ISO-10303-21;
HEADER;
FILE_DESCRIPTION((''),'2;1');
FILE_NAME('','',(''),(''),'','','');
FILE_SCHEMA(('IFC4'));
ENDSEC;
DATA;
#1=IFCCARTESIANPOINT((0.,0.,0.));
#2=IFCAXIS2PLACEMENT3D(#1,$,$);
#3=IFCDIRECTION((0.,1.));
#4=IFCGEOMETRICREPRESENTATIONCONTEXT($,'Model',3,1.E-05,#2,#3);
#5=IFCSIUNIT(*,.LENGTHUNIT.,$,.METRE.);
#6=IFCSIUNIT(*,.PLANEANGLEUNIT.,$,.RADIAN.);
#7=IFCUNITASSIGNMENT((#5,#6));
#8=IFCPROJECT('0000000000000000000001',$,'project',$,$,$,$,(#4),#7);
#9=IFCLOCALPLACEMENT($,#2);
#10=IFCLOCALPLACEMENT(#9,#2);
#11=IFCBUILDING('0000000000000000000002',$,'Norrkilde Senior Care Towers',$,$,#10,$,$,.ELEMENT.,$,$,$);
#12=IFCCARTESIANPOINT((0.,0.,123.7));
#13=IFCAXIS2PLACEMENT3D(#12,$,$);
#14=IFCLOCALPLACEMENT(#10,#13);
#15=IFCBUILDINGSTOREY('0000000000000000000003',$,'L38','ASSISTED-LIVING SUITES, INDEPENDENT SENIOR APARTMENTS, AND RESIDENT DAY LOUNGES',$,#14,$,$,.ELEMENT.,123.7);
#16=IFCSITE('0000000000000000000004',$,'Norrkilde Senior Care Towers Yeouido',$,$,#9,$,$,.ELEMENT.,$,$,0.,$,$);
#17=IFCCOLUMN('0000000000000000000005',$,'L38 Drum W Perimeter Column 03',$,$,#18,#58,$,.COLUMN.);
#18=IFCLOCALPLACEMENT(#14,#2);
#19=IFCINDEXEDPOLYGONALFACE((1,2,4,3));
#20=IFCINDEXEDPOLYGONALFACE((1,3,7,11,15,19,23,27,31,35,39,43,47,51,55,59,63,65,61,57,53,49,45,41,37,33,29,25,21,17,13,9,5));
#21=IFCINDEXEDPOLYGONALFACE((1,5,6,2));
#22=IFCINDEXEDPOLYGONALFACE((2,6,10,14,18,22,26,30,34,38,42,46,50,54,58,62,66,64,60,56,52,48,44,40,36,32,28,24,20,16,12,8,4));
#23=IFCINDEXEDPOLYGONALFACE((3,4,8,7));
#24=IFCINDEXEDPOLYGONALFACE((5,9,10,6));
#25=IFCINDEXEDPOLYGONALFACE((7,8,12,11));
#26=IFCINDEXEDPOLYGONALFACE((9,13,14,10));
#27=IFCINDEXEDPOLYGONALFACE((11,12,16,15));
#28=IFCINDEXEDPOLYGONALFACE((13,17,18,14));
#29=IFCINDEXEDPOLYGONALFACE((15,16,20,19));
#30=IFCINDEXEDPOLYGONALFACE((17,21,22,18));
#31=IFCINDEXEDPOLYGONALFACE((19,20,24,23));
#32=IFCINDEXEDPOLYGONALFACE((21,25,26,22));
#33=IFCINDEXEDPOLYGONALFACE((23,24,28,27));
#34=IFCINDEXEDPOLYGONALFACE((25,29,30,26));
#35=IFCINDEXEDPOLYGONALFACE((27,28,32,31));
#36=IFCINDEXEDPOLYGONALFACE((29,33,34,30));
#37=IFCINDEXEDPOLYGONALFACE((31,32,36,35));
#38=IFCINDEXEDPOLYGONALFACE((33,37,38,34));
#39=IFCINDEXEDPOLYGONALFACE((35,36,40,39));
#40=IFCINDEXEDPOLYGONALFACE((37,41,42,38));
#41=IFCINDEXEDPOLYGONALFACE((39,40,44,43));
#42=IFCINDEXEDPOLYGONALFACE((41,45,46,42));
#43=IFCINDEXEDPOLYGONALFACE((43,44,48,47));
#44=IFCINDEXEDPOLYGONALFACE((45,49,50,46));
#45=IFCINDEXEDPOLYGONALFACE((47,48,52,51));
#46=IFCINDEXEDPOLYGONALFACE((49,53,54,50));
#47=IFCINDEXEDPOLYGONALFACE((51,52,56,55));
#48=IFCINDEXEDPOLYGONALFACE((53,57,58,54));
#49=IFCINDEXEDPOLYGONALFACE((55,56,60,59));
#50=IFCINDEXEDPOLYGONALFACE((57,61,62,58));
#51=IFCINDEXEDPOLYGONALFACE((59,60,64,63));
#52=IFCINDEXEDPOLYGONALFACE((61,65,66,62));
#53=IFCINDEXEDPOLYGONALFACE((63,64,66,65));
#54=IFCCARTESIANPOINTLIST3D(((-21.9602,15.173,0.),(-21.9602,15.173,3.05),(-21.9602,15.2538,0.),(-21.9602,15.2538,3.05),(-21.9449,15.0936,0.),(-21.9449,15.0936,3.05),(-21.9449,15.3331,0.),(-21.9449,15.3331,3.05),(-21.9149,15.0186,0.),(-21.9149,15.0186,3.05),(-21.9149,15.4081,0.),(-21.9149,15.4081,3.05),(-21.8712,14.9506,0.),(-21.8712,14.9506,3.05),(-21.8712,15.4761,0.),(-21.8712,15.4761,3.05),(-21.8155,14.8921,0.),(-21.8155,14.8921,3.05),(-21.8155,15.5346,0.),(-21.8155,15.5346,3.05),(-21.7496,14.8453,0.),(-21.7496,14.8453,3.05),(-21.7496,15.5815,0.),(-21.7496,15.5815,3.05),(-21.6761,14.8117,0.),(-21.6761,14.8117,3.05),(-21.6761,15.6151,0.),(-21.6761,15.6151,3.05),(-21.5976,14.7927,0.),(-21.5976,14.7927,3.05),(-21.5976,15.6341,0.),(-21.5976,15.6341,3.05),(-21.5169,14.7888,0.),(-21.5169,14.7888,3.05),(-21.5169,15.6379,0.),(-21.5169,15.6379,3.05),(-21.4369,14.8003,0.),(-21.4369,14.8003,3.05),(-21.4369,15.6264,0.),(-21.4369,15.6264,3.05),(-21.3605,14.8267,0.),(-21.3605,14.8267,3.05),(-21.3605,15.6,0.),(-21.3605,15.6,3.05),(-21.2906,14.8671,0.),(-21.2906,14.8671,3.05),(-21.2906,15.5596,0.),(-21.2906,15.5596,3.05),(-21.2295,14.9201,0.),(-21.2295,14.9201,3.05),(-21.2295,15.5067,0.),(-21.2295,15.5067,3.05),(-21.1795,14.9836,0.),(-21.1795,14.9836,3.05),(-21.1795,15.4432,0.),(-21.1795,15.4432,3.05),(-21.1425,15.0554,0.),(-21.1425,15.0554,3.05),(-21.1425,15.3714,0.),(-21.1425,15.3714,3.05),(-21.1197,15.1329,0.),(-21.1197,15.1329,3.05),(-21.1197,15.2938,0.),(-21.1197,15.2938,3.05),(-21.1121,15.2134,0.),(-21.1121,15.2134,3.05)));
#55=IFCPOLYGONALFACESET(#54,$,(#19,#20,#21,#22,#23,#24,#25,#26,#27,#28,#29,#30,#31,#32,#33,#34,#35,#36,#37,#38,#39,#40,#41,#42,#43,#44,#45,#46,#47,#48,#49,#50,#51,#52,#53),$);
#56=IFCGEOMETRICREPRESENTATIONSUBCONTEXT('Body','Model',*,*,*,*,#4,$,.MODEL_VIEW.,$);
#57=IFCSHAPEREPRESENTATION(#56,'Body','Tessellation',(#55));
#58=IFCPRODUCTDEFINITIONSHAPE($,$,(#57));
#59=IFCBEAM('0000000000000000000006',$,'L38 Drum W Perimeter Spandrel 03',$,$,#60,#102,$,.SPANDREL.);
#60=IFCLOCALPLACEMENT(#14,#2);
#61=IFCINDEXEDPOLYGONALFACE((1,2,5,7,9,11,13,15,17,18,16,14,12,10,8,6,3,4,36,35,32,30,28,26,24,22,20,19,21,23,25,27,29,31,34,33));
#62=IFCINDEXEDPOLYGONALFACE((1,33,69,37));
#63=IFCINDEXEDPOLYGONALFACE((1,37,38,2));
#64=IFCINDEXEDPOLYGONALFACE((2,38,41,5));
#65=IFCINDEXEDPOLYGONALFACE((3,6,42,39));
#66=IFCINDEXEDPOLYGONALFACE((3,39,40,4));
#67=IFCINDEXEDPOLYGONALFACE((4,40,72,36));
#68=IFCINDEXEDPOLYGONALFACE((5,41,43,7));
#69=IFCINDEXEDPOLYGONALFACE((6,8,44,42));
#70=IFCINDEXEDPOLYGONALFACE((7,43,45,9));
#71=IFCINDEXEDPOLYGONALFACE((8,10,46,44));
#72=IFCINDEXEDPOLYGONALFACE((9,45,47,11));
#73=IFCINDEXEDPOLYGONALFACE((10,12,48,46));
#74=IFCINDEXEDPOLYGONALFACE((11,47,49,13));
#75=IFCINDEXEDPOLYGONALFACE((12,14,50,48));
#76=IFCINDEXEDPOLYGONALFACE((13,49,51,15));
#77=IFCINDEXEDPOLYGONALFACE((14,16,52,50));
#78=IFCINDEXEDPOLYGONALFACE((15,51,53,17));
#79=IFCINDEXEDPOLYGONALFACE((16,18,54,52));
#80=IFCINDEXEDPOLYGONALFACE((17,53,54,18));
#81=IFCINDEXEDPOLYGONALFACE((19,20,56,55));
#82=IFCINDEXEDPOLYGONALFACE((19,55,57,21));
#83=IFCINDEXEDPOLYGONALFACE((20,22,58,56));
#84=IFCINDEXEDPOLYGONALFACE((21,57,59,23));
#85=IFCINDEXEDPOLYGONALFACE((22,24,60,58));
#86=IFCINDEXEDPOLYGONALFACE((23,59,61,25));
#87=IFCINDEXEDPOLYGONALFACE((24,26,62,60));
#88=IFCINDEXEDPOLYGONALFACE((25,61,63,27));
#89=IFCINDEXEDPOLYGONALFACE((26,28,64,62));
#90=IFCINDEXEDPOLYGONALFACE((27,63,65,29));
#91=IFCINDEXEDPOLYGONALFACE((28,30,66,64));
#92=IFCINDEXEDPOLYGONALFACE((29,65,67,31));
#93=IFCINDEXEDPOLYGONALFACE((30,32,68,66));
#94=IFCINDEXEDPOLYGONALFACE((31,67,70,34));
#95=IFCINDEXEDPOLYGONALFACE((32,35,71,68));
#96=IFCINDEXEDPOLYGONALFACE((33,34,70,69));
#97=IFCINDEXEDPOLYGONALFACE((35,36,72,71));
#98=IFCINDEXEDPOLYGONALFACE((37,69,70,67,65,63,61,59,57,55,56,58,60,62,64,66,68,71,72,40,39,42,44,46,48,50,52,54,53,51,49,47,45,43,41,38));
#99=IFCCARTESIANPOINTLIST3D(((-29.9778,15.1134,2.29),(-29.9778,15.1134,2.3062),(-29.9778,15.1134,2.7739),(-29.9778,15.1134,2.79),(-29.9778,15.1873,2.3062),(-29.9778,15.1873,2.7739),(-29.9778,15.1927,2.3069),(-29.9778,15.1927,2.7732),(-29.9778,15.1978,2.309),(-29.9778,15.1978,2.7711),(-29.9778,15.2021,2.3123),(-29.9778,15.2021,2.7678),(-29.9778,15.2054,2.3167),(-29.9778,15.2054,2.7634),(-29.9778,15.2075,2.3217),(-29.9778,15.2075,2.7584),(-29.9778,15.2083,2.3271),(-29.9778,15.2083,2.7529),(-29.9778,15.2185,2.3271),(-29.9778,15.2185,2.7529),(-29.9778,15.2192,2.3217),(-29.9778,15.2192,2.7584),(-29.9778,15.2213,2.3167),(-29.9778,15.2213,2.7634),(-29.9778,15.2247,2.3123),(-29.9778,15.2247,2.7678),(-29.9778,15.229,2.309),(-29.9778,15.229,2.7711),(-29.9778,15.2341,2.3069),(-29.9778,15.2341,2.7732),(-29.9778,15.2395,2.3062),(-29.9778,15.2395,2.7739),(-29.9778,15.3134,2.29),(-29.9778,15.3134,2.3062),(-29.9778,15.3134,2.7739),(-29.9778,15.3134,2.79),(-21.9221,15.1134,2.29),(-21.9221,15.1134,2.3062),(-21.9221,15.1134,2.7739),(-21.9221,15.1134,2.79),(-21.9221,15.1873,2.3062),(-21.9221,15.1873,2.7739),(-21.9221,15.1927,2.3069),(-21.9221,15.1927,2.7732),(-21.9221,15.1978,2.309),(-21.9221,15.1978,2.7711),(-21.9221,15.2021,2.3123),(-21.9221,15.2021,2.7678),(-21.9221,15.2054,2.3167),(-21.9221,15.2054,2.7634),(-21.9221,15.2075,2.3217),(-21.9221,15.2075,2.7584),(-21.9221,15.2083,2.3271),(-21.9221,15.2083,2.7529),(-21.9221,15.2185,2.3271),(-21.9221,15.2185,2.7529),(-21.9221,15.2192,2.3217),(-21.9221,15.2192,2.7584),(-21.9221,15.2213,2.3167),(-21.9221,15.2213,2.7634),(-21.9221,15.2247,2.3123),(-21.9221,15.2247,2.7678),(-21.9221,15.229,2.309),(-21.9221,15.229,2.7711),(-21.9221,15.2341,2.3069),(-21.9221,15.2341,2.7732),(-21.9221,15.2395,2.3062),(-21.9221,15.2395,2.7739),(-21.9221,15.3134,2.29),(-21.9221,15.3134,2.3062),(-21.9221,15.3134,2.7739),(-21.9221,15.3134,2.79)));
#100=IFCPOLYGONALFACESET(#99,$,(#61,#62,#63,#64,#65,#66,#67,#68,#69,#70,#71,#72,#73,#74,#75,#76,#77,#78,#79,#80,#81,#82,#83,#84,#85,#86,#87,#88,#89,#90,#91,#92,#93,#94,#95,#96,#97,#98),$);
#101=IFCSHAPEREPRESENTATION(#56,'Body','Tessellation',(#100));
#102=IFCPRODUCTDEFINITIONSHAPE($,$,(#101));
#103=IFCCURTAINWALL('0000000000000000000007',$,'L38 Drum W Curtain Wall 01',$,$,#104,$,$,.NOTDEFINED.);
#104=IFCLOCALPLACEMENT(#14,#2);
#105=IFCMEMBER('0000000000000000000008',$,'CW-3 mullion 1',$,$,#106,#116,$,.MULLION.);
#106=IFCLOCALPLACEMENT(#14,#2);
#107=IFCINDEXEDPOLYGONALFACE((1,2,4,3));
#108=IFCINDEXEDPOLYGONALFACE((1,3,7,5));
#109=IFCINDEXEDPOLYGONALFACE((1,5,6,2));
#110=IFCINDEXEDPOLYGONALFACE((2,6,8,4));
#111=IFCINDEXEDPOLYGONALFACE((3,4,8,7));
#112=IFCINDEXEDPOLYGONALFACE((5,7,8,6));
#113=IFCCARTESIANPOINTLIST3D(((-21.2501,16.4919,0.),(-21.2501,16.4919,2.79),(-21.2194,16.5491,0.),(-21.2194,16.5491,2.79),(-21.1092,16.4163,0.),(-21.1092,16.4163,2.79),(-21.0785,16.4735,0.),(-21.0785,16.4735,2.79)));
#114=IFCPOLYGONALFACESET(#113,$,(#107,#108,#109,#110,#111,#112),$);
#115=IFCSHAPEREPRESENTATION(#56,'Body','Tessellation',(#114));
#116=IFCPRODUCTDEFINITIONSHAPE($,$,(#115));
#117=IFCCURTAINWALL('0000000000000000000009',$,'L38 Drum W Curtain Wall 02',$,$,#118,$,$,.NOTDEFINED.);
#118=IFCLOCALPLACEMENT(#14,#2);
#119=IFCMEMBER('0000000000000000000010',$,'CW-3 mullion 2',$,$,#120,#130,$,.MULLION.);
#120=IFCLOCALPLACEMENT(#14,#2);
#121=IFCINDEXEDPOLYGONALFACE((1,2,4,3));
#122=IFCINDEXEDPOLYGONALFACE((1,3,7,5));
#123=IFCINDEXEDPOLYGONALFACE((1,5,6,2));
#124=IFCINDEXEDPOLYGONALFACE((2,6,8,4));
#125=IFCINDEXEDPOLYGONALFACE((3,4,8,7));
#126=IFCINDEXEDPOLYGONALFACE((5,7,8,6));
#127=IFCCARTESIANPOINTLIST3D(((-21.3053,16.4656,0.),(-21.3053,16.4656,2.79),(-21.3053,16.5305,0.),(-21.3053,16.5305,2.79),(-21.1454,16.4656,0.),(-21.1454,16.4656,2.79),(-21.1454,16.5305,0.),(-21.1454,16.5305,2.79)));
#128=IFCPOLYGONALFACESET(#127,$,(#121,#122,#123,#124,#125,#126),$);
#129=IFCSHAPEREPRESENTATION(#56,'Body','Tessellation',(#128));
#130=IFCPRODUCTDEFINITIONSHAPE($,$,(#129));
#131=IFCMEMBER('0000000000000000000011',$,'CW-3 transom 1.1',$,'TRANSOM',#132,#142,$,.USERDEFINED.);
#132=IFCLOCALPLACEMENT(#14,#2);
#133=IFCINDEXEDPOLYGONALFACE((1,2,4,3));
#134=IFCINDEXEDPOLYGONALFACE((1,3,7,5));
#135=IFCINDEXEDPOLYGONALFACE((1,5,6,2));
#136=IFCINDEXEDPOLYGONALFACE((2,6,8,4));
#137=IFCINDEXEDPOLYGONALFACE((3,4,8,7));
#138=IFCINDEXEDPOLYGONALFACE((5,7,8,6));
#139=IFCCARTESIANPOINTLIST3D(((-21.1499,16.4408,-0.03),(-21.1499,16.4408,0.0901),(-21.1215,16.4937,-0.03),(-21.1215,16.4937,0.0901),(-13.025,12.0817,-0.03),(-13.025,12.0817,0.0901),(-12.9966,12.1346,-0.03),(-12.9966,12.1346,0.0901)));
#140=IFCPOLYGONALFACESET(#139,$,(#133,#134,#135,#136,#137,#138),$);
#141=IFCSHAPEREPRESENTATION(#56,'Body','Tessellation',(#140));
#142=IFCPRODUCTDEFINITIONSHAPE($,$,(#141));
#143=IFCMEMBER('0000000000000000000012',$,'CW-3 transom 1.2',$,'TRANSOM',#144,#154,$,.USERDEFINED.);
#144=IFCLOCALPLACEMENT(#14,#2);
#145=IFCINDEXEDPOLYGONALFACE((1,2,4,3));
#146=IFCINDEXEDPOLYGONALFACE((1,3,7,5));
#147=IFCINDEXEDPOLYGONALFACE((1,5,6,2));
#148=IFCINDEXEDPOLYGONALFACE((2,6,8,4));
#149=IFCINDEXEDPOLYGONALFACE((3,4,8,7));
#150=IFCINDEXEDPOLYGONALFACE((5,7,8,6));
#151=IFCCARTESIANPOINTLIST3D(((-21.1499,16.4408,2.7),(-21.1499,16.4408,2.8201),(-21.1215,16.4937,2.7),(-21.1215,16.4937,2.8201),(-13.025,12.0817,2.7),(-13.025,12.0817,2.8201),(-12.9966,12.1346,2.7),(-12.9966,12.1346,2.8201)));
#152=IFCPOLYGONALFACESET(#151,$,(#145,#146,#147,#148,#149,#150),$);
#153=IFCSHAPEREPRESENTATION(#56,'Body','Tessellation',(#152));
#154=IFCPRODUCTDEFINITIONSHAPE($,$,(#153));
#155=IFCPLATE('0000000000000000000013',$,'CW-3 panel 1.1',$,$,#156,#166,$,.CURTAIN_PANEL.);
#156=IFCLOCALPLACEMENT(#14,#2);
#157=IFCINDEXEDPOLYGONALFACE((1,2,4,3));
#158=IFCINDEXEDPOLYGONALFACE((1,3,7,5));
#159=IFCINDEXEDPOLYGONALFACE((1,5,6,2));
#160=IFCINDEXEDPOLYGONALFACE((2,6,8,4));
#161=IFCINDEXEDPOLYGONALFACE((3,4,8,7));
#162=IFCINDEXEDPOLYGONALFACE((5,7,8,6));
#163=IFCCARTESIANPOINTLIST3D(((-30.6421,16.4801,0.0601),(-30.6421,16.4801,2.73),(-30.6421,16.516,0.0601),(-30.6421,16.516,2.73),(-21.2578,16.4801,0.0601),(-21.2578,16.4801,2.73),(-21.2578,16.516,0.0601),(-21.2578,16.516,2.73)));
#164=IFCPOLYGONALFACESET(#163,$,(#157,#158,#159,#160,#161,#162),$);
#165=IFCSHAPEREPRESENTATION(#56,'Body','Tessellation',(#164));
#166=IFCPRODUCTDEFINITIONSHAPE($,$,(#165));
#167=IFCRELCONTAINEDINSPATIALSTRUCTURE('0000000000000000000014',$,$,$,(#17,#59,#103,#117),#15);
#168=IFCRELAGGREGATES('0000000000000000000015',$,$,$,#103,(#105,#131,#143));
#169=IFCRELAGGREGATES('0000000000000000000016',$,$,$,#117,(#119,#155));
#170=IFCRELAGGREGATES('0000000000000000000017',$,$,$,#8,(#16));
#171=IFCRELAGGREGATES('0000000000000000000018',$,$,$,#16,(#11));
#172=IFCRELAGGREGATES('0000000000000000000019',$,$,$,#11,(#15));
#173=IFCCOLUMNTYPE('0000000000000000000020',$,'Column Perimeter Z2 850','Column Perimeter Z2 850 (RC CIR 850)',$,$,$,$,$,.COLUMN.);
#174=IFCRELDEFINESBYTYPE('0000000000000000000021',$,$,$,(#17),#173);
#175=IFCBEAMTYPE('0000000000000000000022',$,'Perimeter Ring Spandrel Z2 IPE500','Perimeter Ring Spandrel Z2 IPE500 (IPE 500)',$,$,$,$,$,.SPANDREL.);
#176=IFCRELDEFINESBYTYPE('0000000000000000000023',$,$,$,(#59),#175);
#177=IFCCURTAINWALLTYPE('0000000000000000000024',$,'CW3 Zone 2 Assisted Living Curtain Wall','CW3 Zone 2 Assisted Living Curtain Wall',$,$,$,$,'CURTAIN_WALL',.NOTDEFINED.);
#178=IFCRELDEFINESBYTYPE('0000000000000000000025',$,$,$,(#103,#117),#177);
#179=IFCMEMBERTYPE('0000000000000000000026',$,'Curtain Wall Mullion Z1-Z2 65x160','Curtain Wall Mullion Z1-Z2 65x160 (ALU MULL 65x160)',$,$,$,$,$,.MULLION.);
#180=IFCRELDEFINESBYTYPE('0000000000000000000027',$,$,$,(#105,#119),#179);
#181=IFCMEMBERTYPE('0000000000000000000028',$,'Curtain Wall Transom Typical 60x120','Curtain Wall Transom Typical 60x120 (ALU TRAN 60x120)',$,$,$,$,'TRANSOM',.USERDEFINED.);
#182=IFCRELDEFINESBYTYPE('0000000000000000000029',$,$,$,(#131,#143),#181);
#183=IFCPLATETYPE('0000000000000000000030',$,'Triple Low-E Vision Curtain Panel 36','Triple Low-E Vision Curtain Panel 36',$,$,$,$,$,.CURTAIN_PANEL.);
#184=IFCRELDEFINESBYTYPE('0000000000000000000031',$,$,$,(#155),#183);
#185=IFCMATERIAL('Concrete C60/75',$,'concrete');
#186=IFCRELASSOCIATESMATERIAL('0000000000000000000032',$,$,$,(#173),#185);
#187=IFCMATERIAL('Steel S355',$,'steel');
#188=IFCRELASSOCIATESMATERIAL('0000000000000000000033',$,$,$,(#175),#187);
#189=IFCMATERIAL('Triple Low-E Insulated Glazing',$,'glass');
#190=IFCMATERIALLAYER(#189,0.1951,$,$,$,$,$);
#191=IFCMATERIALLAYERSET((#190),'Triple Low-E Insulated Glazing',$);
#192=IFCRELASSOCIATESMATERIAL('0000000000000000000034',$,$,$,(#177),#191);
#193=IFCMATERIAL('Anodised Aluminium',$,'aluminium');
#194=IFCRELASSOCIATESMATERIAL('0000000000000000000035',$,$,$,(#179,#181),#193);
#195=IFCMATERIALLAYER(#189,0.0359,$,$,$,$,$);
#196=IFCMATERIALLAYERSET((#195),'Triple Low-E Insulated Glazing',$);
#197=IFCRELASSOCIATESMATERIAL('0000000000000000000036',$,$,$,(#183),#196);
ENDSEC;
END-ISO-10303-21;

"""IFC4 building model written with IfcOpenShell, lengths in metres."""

from ifc_helpers import new_model, si_unit, direction, frame, origin, origin_2d, place, context, subcontext, project, spatial, rectangle, circle, i_section, extrude, source, transform, mapped, material, layer, layer_set, material_profile, profile_set, type_object, type_shapes, element, aggregate, save


model = new_model("IFC4")

# Units and contexts
model_context = context("Model", 3, precision=1e-05, world=origin(), true_north=direction((0.0, 1.0)))
body_context = subcontext(model_context, "Body", "Model", "MODEL_VIEW")
ifc_project = project(units=[si_unit("LENGTHUNIT", "METRE"), si_unit("PLANEANGLEUNIT", "RADIAN")], contexts=[model_context])

# Site, building, storey
site_placement = place(None, origin())
site = spatial("IfcSite", under=ifc_project, at=site_placement, Name="Norrkilde Senior Care Towers Yeouido", CompositionType="ELEMENT", RefElevation=0.0)
building_placement = place(site_placement, origin())
building = spatial("IfcBuilding", under=site, at=building_placement, Name="Norrkilde Senior Care Towers", CompositionType="ELEMENT")
storey_placement = place(building_placement, frame((0.0, 0.0, 123.7)))
storey = spatial("IfcBuildingStorey", under=building, at=storey_placement, Name="L38", Description="ASSISTED-LIVING SUITES, INDEPENDENT SENIOR APARTMENTS, AND RESIDENT DAY LOUNGES", CompositionType="ELEMENT", Elevation=123.7)

# Column
ifc_material_1 = material(Name="Concrete C60/75", Category="concrete")
ifc_material_profile_1 = material_profile(ifc_material_1, circle(Radius=0.425, at=origin_2d()), Name="RC CIR 850")
ifc_profile_set_1 = profile_set([ifc_material_profile_1], Name="Concrete C60/75")
column_type = type_object("IfcColumnType", Name="Column Perimeter Z2 850", Description="Column Perimeter Z2 850 (RC CIR 850)", PredefinedType="COLUMN", material=ifc_profile_set_1)
shared_shape_1 = source(origin(), body_context, "Body", "SweptSolid", [
    extrude(circle(Radius=0.425, at=origin_2d()), origin(), (0.0, 0.0, 1.0), 3.05),
])
type_shapes(column_type, [shared_shape_1])
column_placement = place(storey_placement, frame((-21.5371, 15.2134, 0.0), z_axis=(0.0, 0.0, 1.0), x_axis=(1.0, 0.0, 0.0)))
element("IfcColumn", 1, at=column_placement, inside=storey, type_object=column_type, Name="L38 Drum W Perimeter Column 03", PredefinedType="COLUMN", context=body_context, shape_type="MappedRepresentation", body=[
    mapped(shared_shape_1, transform((0.0, 0.0, 0.0), x_axis=(1.0, 0.0, 0.0), y_axis=(0.0, 1.0, 0.0), z_axis=(0.0, 0.0, 1.0), scale=1.0)),
])

# Beam
ifc_material_2 = material(Name="Steel S355", Category="steel")
ifc_material_profile_2 = material_profile(ifc_material_2, i_section(OverallWidth=0.2, OverallDepth=0.5, WebThickness=0.0103, FlangeThickness=0.0161, FilletRadius=0.021, at=origin_2d()), Name="IPE 500")
ifc_profile_set_2 = profile_set([ifc_material_profile_2], Name="Steel S355")
beam_type = type_object("IfcBeamType", Name="Perimeter Ring Spandrel Z2 IPE500", Description="Perimeter Ring Spandrel Z2 IPE500 (IPE 500)", PredefinedType="SPANDREL", material=ifc_profile_set_2)
shared_shape_2 = source(origin(), body_context, "Body", "SweptSolid", [
    extrude(i_section(OverallWidth=0.2, OverallDepth=0.5, WebThickness=0.0103, FlangeThickness=0.0161, FilletRadius=0.021, at=origin_2d()), origin(), (0.0, 0.0, 1.0), 8.0557),
])
type_shapes(beam_type, [shared_shape_2])
beam_placement = place(storey_placement, frame((-21.9221, 15.2134, 2.54), z_axis=(-1.0, 0.0, 0.0), x_axis=(0.0, -1.0, 0.0)))
element("IfcBeam", 2, at=beam_placement, inside=storey, type_object=beam_type, Name="L38 Drum W Perimeter Spandrel 03", PredefinedType="SPANDREL", context=body_context, shape_type="MappedRepresentation", body=[
    mapped(shared_shape_2, transform((0.0, 0.0, 0.0), x_axis=(1.0, 0.0, 0.0), y_axis=(0.0, 1.0, 0.0), z_axis=(0.0, 0.0, 1.0), scale=1.0)),
])

# Curtain walls, members
ifc_material_3 = material(Name="Triple Low-E Insulated Glazing", Category="glass")
ifc_layer_1 = layer(ifc_material_3, 0.1951)
ifc_layer_set_1 = layer_set([ifc_layer_1], Name="Triple Low-E Insulated Glazing")
curtain_wall_type = type_object("IfcCurtainWallType", Name="CW3 Zone 2 Assisted Living Curtain Wall", Description="CW3 Zone 2 Assisted Living Curtain Wall", ElementType="CURTAIN_WALL", PredefinedType="NOTDEFINED", material=ifc_layer_set_1)
curtain_wall_1_placement = place(storey_placement, origin())
curtain_wall_1 = element("IfcCurtainWall", 3, at=curtain_wall_1_placement, inside=storey, type_object=curtain_wall_type, Name="L38 Drum W Curtain Wall 01", PredefinedType="NOTDEFINED")
ifc_material_4 = material(Name="Anodised Aluminium", Category="aluminium")
ifc_material_profile_3 = material_profile(ifc_material_4, rectangle(XDim=0.0649, YDim=0.1599, at=origin_2d()), Name="ALU MULL 65x160")
ifc_profile_set_3 = profile_set([ifc_material_profile_3], Name="Anodised Aluminium")
member_type_1 = type_object("IfcMemberType", Name="Curtain Wall Mullion Z1-Z2 65x160", Description="Curtain Wall Mullion Z1-Z2 65x160 (ALU MULL 65x160)", PredefinedType="MULLION", material=ifc_profile_set_3)
shared_shape_3 = source(origin(), body_context, "Body", "SweptSolid", [
    extrude(rectangle(XDim=0.0649, YDim=0.1599, at=origin_2d()), origin(), (0.0, 0.0, 1.0), 2.79),
])
type_shapes(member_type_1, [shared_shape_3])
member_1_placement = place(storey_placement, frame((-21.1643, 16.4827, 0.0), z_axis=(0.0, 0.0, 1.0), x_axis=(0.472769, 0.881186, 0.0)))
member_1 = element("IfcMember", 4, at=member_1_placement, type_object=member_type_1, Name="CW-3 mullion 1", PredefinedType="MULLION", context=body_context, shape_type="MappedRepresentation", body=[
    mapped(shared_shape_3, transform((0.0, 0.0, 0.0), x_axis=(1.0, 0.0, 0.0), y_axis=(0.0, 1.0, 0.0), z_axis=(0.0, 0.0, 1.0), scale=1.0)),
])
curtain_wall_2_placement = place(storey_placement, origin())
curtain_wall_2 = element("IfcCurtainWall", 5, at=curtain_wall_2_placement, inside=storey, type_object=curtain_wall_type, Name="L38 Drum W Curtain Wall 02", PredefinedType="NOTDEFINED")
member_2_placement = place(storey_placement, frame((-21.2253, 16.498, 0.0), z_axis=(0.0, 0.0, 1.0), x_axis=(0.0, 1.0, 0.0)))
member_2 = element("IfcMember", 6, at=member_2_placement, type_object=member_type_1, Name="CW-3 mullion 2", PredefinedType="MULLION", context=body_context, shape_type="MappedRepresentation", body=[
    mapped(shared_shape_3, transform((0.0, 0.0, 0.0), x_axis=(1.0, 0.0, 0.0), y_axis=(0.0, 1.0, 0.0), z_axis=(0.0, 0.0, 1.0), scale=1.0)),
])

# Members
ifc_material_profile_4 = material_profile(ifc_material_4, rectangle(XDim=0.0601, YDim=0.1201, at=origin_2d()), Name="ALU TRAN 60x120")
ifc_profile_set_4 = profile_set([ifc_material_profile_4], Name="Anodised Aluminium")
member_type_2 = type_object("IfcMemberType", Name="Curtain Wall Transom Typical 60x120", Description="Curtain Wall Transom Typical 60x120 (ALU TRAN 60x120)", ElementType="TRANSOM", PredefinedType="USERDEFINED", material=ifc_profile_set_4)
shared_shape_4 = source(origin(), body_context, "Body", "SweptSolid", [
    extrude(rectangle(XDim=0.0601, YDim=0.1201, at=origin_2d()), origin(), (0.0, 0.0, 1.0), 9.2205),
])
type_shapes(member_type_2, [shared_shape_4])
member_3_placement = place(storey_placement, frame((-21.1357, 16.4673, 0.03), z_axis=(0.881189, -0.472765, 0.0), x_axis=(0.472765, 0.881189, 0.0)))
member_3 = element("IfcMember", 7, at=member_3_placement, type_object=member_type_2, Name="CW-3 transom 1.1", ObjectType="TRANSOM", PredefinedType="USERDEFINED", context=body_context, shape_type="MappedRepresentation", body=[
    mapped(shared_shape_4, transform((0.0, 0.0, 0.0), x_axis=(1.0, 0.0, 0.0), y_axis=(0.0, 1.0, 0.0), z_axis=(0.0, 0.0, 1.0), scale=1.0)),
])
member_4_placement = place(storey_placement, frame((-21.1357, 16.4673, 2.76), z_axis=(0.881189, -0.472765, 0.0), x_axis=(0.472765, 0.881189, 0.0)))
member_4 = element("IfcMember", 8, at=member_4_placement, type_object=member_type_2, Name="CW-3 transom 1.2", ObjectType="TRANSOM", PredefinedType="USERDEFINED", context=body_context, shape_type="MappedRepresentation", body=[
    mapped(shared_shape_4, transform((0.0, 0.0, 0.0), x_axis=(1.0, 0.0, 0.0), y_axis=(0.0, 1.0, 0.0), z_axis=(0.0, 0.0, 1.0), scale=1.0)),
])
aggregate(curtain_wall_1, [member_1, member_3, member_4])

# Plate
ifc_layer_2 = layer(ifc_material_3, 0.0359)
ifc_layer_set_2 = layer_set([ifc_layer_2], Name="Triple Low-E Insulated Glazing")
plate_type = type_object("IfcPlateType", Name="Triple Low-E Vision Curtain Panel 36", Description="Triple Low-E Vision Curtain Panel 36", PredefinedType="CURTAIN_PANEL", material=ifc_layer_set_2)
shared_shape_5 = source(origin(), body_context, "Body", "SweptSolid", [
    extrude(rectangle(XDim=9.3843, YDim=0.0359, at=origin_2d()), origin(), (0.0, 0.0, 1.0), 2.6699),
])
type_shapes(plate_type, [shared_shape_5])
plate_placement = place(storey_placement, frame((-25.95, 16.498, 0.0601), z_axis=(0.0, 0.0, 1.0), x_axis=(1.0, 0.0, 0.0)))
plate = element("IfcPlate", 9, at=plate_placement, type_object=plate_type, Name="CW-3 panel 1.1", PredefinedType="CURTAIN_PANEL", context=body_context, shape_type="MappedRepresentation", body=[
    mapped(shared_shape_5, transform((0.0, 0.0, 0.0), x_axis=(1.0, 0.0, 0.0), y_axis=(0.0, 1.0, 0.0), z_axis=(0.0, 0.0, 1.0), scale=1.0)),
])
aggregate(curtain_wall_2, [member_2, plate])

save(model, "model.ifc")
